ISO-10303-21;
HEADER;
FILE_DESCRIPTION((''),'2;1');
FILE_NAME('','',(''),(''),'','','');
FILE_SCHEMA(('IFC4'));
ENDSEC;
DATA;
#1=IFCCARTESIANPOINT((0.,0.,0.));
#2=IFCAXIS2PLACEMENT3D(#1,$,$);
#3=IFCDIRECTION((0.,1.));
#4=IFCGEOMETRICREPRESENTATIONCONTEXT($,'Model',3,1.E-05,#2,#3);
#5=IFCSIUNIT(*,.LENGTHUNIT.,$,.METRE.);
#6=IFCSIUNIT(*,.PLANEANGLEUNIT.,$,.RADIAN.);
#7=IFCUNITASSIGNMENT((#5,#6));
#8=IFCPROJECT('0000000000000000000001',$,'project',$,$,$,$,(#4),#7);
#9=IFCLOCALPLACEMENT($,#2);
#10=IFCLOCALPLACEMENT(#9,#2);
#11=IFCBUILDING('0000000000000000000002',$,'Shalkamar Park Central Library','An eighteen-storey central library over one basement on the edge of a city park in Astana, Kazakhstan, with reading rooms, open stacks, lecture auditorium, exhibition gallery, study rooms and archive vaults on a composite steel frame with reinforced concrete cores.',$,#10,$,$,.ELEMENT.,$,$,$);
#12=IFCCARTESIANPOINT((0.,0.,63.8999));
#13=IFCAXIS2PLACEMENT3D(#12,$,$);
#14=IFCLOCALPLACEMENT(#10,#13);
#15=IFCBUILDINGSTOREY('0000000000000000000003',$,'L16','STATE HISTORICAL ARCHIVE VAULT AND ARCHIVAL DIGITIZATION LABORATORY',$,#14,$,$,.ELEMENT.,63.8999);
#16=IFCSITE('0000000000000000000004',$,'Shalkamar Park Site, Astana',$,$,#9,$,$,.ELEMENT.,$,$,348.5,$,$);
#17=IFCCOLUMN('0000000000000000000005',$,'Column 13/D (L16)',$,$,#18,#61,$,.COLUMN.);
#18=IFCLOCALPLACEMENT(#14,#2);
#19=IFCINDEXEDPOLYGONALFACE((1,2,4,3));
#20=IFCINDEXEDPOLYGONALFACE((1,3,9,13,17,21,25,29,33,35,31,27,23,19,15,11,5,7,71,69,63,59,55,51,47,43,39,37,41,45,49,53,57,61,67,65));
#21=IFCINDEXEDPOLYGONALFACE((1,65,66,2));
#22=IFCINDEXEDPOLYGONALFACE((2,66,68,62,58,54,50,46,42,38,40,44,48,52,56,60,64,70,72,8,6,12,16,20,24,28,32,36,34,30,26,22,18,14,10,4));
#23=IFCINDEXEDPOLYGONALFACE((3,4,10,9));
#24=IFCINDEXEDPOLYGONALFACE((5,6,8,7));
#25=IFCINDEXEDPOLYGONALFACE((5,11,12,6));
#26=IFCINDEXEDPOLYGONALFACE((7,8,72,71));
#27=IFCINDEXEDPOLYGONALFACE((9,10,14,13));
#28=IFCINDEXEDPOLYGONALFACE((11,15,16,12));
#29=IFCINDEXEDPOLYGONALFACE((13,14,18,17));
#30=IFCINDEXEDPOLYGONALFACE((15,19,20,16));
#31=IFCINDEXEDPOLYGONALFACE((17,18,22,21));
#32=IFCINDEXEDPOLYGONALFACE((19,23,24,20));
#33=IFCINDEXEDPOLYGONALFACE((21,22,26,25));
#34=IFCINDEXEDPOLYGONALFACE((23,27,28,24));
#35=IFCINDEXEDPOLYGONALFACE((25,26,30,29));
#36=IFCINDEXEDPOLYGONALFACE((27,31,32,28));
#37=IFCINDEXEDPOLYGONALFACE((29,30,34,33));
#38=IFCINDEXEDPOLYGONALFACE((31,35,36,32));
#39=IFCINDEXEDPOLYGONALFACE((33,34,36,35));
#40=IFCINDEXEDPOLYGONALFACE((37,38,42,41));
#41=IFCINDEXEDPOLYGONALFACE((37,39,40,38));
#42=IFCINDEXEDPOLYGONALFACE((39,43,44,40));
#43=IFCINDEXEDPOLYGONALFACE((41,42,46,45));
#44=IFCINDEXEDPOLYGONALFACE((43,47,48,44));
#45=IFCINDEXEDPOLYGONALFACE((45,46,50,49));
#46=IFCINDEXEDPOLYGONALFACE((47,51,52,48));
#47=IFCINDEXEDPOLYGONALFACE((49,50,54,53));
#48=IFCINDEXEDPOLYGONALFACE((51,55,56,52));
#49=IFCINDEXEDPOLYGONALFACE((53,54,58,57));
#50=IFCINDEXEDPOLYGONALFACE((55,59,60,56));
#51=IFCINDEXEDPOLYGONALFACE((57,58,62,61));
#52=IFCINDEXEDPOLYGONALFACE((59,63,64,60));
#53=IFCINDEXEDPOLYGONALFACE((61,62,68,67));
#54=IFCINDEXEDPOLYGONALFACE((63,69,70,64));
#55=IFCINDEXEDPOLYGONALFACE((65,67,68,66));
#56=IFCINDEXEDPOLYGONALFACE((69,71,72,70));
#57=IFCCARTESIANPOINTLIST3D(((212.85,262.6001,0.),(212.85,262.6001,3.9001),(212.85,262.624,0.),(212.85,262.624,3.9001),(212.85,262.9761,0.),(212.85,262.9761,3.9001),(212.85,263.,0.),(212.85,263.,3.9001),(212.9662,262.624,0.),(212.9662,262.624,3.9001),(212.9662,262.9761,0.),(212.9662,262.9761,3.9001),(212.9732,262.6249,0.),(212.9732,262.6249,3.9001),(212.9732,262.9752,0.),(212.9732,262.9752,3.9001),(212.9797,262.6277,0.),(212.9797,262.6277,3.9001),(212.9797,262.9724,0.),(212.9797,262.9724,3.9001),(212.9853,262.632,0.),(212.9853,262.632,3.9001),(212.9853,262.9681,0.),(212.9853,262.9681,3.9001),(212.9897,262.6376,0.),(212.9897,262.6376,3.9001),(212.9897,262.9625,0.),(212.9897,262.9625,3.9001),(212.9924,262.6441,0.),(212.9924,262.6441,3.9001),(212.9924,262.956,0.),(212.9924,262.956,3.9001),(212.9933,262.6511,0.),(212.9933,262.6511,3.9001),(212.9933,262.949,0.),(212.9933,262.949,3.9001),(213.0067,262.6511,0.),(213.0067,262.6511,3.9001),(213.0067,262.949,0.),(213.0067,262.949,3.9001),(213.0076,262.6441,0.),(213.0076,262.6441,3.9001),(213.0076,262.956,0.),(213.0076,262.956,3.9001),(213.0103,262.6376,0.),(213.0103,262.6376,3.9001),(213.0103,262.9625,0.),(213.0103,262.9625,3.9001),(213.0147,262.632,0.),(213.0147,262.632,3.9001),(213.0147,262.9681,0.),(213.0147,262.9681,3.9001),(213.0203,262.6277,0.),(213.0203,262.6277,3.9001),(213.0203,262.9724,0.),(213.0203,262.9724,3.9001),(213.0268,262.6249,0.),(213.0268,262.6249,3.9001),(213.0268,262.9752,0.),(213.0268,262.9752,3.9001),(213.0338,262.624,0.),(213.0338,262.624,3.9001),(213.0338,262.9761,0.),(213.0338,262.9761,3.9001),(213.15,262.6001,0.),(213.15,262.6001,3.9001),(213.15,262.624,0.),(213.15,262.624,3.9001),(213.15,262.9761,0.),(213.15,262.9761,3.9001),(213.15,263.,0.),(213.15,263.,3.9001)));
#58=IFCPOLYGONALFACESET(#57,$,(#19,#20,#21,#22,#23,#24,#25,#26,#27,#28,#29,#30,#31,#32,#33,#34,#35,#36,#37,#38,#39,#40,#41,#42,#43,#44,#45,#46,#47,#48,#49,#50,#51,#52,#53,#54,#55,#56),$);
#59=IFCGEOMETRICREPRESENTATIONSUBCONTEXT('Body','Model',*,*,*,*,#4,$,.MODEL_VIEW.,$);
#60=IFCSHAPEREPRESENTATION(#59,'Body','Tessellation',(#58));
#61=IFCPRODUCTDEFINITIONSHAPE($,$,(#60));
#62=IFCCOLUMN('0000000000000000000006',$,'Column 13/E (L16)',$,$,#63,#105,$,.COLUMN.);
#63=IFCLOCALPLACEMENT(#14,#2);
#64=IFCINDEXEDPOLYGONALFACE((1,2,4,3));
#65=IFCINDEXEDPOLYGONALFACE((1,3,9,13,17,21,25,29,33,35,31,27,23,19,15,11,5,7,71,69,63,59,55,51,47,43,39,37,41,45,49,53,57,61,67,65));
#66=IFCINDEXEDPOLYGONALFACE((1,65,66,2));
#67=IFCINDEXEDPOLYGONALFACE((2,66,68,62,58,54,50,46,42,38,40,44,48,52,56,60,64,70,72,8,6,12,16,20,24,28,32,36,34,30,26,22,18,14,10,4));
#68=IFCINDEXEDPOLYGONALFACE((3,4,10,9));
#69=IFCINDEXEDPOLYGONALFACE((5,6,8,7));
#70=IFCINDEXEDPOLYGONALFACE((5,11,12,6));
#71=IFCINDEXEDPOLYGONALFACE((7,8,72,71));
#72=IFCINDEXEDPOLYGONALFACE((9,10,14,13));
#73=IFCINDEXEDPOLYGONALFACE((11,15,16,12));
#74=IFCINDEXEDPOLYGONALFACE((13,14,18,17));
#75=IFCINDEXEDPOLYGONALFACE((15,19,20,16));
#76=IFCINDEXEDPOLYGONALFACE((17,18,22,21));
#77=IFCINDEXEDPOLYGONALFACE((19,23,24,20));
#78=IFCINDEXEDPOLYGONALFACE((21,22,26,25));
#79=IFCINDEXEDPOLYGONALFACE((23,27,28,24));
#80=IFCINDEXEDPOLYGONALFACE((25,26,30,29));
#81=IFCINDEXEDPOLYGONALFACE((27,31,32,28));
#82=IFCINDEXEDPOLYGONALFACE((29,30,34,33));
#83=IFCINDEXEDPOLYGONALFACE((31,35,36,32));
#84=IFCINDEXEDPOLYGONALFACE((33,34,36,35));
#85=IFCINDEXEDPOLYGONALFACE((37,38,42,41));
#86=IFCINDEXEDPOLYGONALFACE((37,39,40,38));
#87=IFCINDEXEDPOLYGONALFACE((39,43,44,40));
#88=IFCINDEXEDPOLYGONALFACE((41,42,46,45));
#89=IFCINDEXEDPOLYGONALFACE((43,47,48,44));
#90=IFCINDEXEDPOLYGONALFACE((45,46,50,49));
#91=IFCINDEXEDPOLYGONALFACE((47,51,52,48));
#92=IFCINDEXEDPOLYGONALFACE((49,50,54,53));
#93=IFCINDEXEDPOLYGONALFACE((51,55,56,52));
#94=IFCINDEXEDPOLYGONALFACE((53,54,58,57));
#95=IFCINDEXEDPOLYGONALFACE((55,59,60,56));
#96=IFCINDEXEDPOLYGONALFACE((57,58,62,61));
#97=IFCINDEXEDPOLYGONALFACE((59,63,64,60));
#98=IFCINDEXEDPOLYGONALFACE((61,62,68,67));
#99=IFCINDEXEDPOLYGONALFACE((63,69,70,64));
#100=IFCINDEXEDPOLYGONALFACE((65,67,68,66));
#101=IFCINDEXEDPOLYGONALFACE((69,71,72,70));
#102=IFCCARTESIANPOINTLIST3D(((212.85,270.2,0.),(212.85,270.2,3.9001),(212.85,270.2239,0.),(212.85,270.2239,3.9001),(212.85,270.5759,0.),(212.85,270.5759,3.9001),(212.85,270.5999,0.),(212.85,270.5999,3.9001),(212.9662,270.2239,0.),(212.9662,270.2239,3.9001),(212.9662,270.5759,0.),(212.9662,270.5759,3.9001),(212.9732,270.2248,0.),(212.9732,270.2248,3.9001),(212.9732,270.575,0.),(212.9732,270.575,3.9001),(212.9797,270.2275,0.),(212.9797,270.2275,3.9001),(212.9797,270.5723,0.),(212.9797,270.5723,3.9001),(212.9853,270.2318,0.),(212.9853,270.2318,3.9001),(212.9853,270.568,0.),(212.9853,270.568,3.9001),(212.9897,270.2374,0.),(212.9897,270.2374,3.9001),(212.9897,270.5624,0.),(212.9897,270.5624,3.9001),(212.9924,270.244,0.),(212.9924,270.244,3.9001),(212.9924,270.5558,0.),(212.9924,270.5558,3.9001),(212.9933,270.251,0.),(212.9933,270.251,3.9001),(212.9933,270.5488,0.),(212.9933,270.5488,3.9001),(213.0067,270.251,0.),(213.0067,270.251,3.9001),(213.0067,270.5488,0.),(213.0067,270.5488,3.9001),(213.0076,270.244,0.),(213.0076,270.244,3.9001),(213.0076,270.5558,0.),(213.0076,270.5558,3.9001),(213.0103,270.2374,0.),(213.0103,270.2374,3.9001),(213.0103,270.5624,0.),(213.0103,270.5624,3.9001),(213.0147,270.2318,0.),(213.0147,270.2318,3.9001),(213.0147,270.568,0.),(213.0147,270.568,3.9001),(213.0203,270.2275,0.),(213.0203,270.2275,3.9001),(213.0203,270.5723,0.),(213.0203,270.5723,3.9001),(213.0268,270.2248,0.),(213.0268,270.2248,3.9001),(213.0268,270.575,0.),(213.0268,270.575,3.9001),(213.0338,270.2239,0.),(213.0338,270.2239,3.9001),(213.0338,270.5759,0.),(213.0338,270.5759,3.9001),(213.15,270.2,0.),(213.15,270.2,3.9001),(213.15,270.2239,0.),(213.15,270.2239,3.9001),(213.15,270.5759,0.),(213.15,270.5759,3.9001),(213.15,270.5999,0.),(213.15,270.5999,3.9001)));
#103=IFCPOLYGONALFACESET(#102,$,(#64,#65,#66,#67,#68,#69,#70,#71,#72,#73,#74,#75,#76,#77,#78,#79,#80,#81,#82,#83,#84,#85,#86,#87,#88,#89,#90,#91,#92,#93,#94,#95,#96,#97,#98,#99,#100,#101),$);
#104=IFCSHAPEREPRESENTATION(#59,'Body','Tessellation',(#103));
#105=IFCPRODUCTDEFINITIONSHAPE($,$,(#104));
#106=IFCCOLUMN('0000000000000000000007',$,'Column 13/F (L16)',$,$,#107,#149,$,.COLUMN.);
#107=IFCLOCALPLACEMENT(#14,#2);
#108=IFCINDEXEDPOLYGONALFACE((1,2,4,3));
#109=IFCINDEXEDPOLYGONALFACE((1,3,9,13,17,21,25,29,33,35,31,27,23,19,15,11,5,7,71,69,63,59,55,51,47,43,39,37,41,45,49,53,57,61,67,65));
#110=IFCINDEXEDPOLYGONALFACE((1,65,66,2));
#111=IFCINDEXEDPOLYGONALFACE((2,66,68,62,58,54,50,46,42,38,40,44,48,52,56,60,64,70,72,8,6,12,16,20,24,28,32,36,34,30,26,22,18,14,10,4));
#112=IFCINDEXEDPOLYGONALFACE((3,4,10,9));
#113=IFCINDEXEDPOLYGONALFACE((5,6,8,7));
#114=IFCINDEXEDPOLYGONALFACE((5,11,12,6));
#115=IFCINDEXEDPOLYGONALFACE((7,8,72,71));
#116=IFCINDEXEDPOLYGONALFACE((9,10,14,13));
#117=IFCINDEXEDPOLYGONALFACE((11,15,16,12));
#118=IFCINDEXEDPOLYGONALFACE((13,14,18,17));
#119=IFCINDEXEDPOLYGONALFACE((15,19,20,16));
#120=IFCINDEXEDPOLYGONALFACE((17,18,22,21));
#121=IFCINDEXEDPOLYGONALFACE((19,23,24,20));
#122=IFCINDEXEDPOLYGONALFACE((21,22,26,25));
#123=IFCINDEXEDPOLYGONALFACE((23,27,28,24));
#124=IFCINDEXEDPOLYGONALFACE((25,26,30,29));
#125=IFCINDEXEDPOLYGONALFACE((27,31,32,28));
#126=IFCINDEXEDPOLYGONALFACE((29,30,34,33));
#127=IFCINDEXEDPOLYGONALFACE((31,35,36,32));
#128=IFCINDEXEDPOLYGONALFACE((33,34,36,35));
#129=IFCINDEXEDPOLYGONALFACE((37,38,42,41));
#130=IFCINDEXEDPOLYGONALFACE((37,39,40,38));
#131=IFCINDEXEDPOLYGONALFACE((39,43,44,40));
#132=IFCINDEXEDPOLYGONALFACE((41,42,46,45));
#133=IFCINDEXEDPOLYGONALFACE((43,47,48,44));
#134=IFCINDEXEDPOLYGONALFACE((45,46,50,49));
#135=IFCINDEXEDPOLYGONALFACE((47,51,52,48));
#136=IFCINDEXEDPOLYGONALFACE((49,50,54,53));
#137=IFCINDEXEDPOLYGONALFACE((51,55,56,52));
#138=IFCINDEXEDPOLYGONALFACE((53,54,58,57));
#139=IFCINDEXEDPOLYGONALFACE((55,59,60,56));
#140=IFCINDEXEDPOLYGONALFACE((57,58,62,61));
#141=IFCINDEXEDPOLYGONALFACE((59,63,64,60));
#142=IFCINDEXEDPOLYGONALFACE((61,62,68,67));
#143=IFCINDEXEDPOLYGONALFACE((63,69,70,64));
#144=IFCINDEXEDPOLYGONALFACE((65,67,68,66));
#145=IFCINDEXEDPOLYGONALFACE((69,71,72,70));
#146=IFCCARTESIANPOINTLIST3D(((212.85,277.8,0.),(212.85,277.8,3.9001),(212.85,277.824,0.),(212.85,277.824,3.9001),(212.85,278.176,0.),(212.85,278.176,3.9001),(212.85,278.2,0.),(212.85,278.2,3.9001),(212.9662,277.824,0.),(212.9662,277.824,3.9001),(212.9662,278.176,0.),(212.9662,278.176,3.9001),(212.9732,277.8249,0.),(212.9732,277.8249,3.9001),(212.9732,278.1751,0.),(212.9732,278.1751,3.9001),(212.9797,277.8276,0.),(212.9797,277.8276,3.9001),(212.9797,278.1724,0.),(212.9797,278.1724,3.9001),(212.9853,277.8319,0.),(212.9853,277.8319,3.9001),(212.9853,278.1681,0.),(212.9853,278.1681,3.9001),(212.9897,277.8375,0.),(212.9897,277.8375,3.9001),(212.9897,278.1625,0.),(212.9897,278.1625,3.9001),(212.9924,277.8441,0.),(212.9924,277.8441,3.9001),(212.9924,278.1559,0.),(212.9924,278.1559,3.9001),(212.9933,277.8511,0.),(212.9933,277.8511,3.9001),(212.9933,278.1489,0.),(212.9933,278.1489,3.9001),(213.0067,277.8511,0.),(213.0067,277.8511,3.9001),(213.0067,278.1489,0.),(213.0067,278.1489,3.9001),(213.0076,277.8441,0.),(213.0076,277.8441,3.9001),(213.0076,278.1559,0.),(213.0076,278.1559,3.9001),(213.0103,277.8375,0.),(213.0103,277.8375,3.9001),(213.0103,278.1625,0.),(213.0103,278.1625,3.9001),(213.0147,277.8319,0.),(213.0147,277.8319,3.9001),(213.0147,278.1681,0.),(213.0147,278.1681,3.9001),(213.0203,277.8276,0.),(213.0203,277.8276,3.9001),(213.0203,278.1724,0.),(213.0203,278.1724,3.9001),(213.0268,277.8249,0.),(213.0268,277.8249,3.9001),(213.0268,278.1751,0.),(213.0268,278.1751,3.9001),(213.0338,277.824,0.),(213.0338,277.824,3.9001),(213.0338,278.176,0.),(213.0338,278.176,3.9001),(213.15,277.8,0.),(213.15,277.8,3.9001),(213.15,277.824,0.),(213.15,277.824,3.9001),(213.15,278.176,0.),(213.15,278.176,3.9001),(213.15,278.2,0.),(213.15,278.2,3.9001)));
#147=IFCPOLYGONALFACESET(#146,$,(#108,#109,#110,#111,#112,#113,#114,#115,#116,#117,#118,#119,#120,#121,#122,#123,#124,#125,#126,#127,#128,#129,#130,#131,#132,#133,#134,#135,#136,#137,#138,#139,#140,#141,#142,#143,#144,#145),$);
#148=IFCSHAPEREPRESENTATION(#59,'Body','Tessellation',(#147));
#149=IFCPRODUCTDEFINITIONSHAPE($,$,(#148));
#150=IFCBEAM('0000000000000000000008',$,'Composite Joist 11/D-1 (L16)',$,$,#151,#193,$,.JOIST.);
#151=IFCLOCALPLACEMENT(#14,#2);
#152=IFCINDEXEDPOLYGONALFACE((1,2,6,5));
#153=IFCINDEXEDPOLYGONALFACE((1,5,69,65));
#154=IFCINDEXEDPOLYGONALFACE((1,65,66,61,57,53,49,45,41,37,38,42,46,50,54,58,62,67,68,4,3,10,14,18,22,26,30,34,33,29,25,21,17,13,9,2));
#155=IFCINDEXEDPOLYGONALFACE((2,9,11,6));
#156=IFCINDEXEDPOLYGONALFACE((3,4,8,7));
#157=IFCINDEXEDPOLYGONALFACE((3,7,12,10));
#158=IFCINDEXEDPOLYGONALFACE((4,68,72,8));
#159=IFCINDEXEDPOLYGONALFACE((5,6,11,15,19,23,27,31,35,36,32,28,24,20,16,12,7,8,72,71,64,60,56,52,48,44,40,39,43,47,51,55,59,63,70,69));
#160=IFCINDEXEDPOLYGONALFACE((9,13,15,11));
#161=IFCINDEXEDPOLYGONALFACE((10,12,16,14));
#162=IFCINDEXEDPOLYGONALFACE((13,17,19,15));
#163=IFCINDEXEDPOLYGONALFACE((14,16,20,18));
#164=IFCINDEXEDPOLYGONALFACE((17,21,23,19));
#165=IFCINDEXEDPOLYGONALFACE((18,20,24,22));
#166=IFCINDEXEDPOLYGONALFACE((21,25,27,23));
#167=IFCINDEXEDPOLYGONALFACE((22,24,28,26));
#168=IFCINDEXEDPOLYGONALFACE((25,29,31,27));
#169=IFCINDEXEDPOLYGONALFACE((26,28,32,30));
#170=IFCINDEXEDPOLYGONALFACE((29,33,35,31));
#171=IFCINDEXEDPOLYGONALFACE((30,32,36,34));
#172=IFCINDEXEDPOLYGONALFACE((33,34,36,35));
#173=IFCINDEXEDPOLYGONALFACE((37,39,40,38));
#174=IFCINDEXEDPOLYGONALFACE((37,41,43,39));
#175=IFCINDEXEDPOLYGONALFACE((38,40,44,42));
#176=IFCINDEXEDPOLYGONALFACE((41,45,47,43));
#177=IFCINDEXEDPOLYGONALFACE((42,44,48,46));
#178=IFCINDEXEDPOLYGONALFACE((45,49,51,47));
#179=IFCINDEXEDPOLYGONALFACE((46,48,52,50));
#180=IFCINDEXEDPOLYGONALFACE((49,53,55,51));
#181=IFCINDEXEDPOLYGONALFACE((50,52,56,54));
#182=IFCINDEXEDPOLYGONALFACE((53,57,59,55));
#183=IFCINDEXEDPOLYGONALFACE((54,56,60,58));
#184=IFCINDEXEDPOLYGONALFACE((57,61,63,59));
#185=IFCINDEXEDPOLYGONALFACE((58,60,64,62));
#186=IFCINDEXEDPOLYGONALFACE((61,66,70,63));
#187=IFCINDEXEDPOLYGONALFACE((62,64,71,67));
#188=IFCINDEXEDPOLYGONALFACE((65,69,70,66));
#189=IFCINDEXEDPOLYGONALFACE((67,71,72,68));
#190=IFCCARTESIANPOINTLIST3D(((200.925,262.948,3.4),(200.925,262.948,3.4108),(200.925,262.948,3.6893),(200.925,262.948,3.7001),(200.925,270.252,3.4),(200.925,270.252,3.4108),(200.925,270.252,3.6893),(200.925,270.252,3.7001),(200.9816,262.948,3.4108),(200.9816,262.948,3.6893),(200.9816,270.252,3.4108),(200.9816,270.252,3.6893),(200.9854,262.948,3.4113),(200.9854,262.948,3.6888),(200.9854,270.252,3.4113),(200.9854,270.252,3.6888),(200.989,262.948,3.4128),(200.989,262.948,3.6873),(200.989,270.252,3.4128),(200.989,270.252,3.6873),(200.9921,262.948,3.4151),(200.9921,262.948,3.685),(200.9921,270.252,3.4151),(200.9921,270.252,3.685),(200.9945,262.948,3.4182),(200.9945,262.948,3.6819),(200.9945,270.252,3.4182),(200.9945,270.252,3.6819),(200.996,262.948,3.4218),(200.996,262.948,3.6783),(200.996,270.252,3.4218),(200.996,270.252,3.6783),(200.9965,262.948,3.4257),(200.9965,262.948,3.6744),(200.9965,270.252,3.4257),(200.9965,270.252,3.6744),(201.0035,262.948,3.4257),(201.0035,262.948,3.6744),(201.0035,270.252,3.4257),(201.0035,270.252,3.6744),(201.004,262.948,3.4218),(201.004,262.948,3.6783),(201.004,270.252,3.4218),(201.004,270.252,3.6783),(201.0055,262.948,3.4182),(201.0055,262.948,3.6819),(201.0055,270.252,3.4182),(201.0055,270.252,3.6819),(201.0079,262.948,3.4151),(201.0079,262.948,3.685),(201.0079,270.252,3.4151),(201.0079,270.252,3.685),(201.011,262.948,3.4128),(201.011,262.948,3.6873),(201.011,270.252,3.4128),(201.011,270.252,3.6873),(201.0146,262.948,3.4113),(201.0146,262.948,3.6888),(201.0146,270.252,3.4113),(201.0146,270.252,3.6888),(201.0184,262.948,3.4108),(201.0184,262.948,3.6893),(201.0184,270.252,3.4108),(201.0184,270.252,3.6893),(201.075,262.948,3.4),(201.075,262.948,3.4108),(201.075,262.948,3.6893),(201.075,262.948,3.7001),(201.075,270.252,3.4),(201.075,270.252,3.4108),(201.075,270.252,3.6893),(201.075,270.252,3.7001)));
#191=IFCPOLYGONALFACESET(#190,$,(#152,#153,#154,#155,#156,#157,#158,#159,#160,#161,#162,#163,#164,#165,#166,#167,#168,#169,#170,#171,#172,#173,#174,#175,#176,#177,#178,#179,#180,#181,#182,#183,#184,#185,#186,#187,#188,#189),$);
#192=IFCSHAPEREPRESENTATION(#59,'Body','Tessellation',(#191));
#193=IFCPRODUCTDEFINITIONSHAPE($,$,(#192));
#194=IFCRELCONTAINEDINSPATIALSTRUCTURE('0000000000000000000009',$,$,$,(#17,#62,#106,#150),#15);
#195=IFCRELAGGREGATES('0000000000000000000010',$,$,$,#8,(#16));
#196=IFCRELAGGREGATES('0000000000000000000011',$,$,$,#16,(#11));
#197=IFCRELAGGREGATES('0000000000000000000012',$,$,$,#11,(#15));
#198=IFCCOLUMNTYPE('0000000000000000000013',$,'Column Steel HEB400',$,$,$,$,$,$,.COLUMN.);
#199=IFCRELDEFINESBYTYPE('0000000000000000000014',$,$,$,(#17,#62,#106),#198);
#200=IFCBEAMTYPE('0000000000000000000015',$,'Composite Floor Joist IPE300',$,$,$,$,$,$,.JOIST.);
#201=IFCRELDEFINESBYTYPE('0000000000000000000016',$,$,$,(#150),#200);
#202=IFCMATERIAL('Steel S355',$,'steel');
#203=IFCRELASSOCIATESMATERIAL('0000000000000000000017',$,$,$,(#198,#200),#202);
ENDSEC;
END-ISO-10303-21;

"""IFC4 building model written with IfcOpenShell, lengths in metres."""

from ifc_helpers import new_model, si_unit, direction, frame, origin, origin_2d, place, context, subcontext, project, spatial, i_section, extrude, material, material_profile, profile_set, type_object, element, save


model = new_model("IFC4")

# Units and contexts
model_context = context("Model", 3, precision=1e-05, world=origin(), true_north=direction((0.0, 1.0)))
body_context = subcontext(model_context, "Body", "Model", "MODEL_VIEW")
ifc_project = project(units=[si_unit("LENGTHUNIT", "METRE"), si_unit("PLANEANGLEUNIT", "RADIAN")], contexts=[model_context])

# Site, building, storey
site_placement = place(None, origin())
site = spatial("IfcSite", under=ifc_project, at=site_placement, Name="Shalkamar Park Site, Astana", CompositionType="ELEMENT", RefElevation=348.5)
building_placement = place(site_placement, origin())
building = spatial("IfcBuilding", under=site, at=building_placement, Name="Shalkamar Park Central Library", Description="An eighteen-storey central library over one basement on the edge of a city park in Astana, Kazakhstan, with reading rooms, open stacks, lecture auditorium, exhibition gallery, study rooms and archive vaults on a composite steel frame with reinforced concrete cores.", CompositionType="ELEMENT")
storey_placement = place(building_placement, frame((0.0, 0.0, 63.8999)))
storey = spatial("IfcBuildingStorey", under=building, at=storey_placement, Name="L16", Description="STATE HISTORICAL ARCHIVE VAULT AND ARCHIVAL DIGITIZATION LABORATORY", CompositionType="ELEMENT", Elevation=63.8999)

# Columns
ifc_material_1 = material(Name="Steel S355", Category="steel")
ifc_material_profile_1 = material_profile(ifc_material_1, i_section(OverallWidth=0.3, OverallDepth=0.3999, WebThickness=0.0134, FlangeThickness=0.0239, FilletRadius=0.0271, at=origin_2d()), Name="HEB 400")
ifc_profile_set_1 = profile_set([ifc_material_profile_1], Name="Steel S355")
column_type_1 = type_object("IfcColumnType", Name="Column Steel HEB400", PredefinedType="COLUMN", material=ifc_profile_set_1)
for number, where, z_axis, x_axis, name in (
    (1, (213.0, 262.8, 0.0), (0.0, 0.0, 1.0), (1.0, 0.0, 0.0), "Column 13/D (L16)"),
    (2, (213.0, 270.3999, 0.0), (0.0, 0.0, 1.0), (1.0, 0.0, 0.0), "Column 13/E (L16)"),
    (3, (213.0, 278.0, 0.0), (0.0, 0.0, 1.0), (1.0, 0.0, 0.0), "Column 13/F (L16)"),
):
    element("IfcColumn", number, at=place(storey_placement, frame(where, z_axis=z_axis, x_axis=x_axis)), inside=storey, type_object=column_type_1, Name=name, PredefinedType="COLUMN", context=body_context, shape_type="SweptSolid", body=[
        extrude(i_section(OverallWidth=0.3, OverallDepth=0.3999, WebThickness=0.0134, FlangeThickness=0.0239, FilletRadius=0.0271, at=origin_2d()), origin(), (0.0, 0.0, 1.0), 3.9001),
    ])

# Beam
ifc_material_profile_2 = material_profile(ifc_material_1, i_section(OverallWidth=0.1499, OverallDepth=0.3, WebThickness=0.0071, FlangeThickness=0.0107, FilletRadius=0.0149, at=origin_2d()), Name="IPE 300")
ifc_profile_set_2 = profile_set([ifc_material_profile_2], Name="Steel S355")
beam_type_1 = type_object("IfcBeamType", Name="Composite Floor Joist IPE300", PredefinedType="JOIST", material=ifc_profile_set_2)
for number, where, z_axis, x_axis, name in (
    (4, (201.0, 262.948, 3.55), (0.0, 1.0, 0.0), (-1.0, 0.0, 0.0), "Composite Joist 11/D-1 (L16)"),
):
    element("IfcBeam", number, at=place(storey_placement, frame(where, z_axis=z_axis, x_axis=x_axis)), inside=storey, type_object=beam_type_1, Name=name, PredefinedType="JOIST", context=body_context, shape_type="SweptSolid", body=[
        extrude(i_section(OverallWidth=0.1499, OverallDepth=0.3, WebThickness=0.0071, FlangeThickness=0.0107, FilletRadius=0.0149, at=origin_2d()), origin(), (0.0, 0.0, 1.0), 7.304),
    ])

save(model, "model.ifc")
